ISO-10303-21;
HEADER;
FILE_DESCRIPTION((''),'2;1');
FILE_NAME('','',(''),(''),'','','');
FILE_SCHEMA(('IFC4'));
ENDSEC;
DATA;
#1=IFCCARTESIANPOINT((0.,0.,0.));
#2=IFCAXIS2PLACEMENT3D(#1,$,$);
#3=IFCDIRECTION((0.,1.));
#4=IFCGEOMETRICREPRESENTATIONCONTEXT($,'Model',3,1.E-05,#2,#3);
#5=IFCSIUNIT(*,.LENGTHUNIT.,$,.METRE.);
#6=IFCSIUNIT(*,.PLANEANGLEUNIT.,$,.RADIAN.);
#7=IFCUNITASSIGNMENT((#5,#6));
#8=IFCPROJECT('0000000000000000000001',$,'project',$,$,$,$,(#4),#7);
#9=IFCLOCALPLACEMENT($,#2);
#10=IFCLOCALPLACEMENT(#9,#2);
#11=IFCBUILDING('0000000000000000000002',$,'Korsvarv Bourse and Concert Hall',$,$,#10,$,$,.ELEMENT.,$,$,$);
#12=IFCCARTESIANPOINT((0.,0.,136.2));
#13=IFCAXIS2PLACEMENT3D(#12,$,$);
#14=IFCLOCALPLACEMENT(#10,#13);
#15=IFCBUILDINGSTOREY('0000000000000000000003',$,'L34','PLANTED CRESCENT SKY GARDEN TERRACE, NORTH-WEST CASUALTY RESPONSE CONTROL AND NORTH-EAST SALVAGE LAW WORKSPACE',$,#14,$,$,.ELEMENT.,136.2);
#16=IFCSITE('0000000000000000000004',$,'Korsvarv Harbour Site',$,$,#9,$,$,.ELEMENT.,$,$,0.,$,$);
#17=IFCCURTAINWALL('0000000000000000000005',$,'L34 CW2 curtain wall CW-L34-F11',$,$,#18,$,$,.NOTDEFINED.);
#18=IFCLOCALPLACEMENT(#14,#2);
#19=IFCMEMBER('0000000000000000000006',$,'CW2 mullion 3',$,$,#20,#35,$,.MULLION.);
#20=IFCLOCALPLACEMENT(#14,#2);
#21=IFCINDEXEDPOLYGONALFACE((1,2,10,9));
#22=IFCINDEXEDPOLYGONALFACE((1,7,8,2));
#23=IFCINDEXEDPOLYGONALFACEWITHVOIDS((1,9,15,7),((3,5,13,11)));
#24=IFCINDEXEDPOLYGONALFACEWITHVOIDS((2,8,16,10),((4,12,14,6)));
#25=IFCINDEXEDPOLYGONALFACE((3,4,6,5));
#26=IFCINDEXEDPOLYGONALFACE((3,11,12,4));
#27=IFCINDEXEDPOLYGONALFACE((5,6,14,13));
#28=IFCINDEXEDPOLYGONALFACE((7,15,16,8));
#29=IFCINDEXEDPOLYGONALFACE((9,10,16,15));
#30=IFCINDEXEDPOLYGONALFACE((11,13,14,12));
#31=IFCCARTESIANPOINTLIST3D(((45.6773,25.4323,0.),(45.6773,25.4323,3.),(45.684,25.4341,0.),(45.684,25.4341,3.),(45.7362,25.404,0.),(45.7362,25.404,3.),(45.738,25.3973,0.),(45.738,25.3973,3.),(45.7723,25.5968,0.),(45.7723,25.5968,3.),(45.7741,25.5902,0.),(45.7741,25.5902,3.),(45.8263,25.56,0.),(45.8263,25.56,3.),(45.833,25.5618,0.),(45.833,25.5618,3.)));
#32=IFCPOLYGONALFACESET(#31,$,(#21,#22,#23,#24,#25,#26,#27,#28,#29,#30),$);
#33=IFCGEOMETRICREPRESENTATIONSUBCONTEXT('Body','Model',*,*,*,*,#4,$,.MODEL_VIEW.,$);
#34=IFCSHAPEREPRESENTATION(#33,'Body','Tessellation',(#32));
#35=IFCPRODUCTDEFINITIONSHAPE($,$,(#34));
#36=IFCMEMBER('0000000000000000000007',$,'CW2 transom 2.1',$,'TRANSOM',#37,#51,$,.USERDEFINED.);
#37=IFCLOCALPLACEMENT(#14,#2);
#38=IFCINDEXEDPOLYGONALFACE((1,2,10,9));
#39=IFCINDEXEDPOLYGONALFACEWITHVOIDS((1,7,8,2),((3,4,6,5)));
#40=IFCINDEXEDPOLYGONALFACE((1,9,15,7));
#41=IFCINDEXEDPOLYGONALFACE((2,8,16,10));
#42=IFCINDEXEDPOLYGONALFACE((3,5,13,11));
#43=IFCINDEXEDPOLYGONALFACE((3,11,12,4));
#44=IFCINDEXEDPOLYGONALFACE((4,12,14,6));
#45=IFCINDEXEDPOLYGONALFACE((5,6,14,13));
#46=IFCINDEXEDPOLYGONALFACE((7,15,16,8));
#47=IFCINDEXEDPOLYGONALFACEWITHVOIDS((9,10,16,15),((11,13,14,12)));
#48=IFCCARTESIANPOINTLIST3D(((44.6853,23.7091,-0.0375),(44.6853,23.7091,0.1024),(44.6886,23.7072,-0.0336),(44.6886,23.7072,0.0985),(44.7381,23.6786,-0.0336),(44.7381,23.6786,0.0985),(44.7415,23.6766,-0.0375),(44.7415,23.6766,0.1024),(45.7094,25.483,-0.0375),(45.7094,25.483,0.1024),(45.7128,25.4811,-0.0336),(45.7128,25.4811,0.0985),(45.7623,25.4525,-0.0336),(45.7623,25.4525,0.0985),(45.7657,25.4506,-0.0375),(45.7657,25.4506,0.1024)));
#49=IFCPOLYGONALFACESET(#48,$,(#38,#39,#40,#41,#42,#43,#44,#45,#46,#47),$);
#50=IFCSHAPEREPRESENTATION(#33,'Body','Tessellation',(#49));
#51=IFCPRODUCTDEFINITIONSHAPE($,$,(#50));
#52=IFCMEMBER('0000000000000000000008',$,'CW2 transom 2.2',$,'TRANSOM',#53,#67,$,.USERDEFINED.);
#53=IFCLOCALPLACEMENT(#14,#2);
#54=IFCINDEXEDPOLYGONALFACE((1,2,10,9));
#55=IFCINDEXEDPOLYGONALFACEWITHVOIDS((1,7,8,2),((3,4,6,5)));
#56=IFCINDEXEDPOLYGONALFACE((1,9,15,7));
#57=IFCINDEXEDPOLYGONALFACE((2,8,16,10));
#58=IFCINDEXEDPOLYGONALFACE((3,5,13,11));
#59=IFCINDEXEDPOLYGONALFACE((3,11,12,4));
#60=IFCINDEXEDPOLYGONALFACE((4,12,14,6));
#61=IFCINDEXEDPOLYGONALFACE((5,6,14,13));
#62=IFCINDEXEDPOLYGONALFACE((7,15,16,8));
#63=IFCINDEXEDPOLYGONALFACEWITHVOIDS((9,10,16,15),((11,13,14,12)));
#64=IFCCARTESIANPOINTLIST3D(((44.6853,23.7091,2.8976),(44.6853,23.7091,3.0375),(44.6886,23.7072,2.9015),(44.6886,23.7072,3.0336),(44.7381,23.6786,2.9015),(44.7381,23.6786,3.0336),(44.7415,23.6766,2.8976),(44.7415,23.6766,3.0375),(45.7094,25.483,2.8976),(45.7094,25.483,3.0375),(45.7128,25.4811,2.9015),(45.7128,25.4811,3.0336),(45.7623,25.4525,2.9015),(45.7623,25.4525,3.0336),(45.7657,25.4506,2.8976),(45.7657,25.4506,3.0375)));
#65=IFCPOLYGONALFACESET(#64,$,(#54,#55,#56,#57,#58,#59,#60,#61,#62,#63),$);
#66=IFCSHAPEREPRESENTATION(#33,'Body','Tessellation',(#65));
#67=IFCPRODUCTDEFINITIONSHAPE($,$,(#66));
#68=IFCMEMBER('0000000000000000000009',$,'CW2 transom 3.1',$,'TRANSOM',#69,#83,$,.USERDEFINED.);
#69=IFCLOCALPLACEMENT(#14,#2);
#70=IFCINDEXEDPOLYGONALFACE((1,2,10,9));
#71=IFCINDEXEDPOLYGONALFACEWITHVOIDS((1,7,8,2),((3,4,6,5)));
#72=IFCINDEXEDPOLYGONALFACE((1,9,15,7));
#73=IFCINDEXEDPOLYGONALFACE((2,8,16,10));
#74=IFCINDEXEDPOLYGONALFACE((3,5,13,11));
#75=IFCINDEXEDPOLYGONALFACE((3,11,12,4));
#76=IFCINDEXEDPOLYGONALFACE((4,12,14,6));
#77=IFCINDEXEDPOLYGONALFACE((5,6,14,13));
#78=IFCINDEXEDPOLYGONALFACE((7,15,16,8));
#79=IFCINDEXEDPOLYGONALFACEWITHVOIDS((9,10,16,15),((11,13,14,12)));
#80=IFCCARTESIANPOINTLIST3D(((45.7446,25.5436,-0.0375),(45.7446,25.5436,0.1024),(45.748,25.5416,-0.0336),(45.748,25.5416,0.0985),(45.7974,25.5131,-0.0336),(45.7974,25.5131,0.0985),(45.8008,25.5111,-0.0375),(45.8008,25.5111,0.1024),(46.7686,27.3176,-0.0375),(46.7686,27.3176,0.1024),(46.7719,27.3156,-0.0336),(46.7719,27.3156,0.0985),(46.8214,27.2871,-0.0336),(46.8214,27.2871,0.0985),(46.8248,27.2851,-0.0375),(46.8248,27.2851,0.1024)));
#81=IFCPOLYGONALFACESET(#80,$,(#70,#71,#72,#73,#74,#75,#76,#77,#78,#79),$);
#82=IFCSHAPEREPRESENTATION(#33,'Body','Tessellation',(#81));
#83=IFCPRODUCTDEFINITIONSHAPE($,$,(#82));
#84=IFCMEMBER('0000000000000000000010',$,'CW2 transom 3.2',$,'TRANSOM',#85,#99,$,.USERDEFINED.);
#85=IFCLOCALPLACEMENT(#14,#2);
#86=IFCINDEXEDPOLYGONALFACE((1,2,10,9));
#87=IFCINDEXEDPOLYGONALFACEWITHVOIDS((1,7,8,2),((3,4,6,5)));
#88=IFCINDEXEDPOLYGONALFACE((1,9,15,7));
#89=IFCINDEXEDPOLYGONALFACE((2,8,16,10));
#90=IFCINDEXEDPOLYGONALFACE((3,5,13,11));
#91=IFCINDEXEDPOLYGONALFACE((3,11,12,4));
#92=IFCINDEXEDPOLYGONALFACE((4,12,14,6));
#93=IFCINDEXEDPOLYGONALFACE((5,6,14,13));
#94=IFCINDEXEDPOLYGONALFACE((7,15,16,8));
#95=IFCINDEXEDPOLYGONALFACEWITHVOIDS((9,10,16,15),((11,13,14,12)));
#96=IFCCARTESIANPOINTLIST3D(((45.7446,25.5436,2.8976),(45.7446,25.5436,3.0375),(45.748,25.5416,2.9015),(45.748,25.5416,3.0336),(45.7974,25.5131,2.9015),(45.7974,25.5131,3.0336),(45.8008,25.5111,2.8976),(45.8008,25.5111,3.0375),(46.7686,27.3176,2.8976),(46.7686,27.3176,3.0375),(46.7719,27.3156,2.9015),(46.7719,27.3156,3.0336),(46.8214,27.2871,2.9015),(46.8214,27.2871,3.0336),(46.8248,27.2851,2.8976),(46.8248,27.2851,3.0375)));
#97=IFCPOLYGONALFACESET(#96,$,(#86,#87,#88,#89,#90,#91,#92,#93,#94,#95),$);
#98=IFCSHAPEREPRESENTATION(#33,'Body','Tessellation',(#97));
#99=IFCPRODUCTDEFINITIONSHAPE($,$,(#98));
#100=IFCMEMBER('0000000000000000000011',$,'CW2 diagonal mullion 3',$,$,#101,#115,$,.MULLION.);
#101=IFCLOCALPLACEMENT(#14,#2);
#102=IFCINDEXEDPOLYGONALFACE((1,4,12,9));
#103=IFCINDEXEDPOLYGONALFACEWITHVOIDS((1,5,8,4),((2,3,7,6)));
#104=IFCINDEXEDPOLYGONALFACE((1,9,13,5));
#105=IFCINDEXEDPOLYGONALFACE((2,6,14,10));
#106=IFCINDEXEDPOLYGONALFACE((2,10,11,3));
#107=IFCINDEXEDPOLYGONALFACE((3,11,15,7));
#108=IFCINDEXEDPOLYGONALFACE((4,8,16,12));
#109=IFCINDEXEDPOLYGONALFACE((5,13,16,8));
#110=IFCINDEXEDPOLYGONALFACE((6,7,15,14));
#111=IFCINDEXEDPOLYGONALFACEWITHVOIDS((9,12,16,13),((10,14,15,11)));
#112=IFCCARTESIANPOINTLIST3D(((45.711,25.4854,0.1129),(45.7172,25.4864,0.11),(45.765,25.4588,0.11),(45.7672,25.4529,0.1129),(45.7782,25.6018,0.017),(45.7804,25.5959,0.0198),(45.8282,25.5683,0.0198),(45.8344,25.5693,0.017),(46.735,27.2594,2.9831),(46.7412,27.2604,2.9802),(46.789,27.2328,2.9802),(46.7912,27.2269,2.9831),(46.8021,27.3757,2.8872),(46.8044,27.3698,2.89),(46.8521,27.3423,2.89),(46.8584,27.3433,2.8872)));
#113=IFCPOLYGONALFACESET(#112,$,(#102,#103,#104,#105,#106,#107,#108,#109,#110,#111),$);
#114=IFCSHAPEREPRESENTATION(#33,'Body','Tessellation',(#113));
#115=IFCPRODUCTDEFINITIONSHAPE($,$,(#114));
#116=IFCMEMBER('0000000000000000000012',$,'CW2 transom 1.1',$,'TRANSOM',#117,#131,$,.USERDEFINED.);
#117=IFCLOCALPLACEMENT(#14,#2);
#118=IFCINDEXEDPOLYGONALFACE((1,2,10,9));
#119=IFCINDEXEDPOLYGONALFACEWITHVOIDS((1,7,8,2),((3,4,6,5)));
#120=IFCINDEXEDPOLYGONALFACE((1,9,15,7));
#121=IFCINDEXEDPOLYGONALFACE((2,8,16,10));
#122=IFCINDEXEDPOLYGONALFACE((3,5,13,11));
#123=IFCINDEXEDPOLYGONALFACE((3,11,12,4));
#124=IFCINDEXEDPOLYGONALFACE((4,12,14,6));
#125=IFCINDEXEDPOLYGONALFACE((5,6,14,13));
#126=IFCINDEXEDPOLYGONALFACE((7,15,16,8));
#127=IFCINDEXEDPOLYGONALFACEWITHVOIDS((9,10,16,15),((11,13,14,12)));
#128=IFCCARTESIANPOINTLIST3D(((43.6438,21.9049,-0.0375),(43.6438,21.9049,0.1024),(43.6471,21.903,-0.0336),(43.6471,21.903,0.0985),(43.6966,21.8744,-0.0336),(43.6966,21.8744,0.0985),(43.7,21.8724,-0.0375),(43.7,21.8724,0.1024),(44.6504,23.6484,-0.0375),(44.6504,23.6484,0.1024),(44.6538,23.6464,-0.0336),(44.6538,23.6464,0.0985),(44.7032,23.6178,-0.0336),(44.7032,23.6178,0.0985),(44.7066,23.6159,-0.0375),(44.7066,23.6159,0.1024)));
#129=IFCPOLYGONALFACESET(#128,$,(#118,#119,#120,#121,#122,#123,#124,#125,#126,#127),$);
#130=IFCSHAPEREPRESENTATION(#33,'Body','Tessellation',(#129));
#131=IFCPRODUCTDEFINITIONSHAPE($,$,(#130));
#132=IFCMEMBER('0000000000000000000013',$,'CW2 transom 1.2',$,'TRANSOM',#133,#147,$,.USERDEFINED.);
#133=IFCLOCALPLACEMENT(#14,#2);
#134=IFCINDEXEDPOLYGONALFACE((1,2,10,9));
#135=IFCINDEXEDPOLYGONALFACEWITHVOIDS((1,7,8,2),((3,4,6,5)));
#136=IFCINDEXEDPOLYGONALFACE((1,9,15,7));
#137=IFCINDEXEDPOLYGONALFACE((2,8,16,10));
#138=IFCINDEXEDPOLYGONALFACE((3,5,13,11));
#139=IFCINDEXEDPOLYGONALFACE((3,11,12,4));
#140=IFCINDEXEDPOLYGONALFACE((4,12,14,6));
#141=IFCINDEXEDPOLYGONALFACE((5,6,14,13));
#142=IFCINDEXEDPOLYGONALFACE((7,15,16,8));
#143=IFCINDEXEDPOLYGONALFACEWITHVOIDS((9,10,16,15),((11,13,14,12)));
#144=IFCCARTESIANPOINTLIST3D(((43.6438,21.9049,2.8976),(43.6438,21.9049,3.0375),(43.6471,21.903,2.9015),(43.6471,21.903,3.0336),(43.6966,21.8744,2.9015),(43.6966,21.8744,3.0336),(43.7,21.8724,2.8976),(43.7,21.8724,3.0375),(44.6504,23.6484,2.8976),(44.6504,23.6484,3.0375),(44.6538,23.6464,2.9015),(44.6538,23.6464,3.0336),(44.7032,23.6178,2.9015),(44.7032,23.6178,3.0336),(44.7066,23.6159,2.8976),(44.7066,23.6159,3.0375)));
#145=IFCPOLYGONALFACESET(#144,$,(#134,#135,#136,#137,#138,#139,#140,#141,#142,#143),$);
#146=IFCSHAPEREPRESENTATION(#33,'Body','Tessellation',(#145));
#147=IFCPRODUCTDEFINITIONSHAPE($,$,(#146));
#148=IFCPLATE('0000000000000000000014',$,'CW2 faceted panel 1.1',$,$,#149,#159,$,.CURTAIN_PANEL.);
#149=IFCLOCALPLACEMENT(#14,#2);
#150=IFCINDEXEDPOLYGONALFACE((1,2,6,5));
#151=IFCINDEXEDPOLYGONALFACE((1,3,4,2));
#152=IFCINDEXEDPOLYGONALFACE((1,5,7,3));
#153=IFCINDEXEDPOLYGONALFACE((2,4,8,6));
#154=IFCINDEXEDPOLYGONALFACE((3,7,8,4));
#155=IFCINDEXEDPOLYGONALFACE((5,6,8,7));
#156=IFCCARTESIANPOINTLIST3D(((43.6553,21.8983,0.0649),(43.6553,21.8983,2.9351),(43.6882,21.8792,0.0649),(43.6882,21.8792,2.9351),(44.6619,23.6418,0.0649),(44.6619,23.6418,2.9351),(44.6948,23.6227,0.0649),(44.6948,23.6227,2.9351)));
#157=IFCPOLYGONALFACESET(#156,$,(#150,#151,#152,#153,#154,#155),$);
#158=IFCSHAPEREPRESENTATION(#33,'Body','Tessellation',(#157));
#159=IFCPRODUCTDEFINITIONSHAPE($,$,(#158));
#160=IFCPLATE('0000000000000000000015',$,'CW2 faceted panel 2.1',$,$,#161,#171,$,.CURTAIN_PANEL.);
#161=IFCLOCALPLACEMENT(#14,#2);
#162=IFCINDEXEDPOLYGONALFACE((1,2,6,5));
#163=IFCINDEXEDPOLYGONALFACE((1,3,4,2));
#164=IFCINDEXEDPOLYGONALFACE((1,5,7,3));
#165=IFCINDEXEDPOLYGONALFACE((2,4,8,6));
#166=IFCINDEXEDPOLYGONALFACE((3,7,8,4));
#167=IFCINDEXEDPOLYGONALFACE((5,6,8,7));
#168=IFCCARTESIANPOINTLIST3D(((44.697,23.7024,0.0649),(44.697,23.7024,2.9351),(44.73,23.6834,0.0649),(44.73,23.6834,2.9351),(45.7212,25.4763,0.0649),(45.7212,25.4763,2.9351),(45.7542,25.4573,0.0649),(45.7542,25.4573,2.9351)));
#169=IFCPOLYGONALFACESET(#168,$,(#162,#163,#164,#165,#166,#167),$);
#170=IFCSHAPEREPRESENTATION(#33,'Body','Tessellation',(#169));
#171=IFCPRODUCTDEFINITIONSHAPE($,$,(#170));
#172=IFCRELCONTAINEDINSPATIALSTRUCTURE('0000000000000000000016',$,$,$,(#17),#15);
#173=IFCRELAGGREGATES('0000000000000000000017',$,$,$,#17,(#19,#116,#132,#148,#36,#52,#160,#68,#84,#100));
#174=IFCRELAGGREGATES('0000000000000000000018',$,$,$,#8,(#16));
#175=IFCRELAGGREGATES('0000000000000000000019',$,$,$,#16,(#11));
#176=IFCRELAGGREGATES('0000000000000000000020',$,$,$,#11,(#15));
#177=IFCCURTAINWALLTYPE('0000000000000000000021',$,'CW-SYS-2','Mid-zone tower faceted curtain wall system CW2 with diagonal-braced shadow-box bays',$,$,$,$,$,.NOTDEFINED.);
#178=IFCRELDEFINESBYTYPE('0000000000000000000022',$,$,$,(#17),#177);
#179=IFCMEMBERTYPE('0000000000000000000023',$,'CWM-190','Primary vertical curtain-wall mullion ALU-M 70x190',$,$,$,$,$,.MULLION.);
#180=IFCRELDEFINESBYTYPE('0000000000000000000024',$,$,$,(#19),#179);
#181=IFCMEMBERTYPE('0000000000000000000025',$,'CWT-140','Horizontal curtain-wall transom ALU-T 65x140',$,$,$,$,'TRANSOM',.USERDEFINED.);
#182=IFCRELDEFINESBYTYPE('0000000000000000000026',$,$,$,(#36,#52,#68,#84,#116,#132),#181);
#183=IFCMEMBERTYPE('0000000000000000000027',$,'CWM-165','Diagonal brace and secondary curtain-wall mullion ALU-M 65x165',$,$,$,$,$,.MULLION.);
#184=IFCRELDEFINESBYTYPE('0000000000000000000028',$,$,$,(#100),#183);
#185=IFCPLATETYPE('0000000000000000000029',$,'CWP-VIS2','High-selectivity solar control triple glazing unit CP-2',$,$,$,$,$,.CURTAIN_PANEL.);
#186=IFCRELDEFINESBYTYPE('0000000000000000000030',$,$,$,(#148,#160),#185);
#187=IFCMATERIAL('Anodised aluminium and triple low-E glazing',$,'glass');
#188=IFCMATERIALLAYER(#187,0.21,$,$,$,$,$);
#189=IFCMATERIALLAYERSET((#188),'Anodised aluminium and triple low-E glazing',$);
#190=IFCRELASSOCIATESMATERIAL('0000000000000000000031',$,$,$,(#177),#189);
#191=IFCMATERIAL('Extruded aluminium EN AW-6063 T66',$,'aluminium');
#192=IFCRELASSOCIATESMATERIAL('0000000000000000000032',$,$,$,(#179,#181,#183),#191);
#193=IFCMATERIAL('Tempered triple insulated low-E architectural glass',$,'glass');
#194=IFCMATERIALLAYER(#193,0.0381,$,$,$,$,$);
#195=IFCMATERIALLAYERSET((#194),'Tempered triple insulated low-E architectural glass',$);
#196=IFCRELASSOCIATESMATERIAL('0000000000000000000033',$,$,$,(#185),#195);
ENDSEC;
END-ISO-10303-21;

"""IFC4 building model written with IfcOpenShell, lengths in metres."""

from ifc_helpers import new_model, si_unit, direction, frame, origin, origin_2d, place, context, subcontext, project, spatial, rectangle, hollow_rectangle, extrude, source, transform, mapped, material, layer, layer_set, material_profile, profile_set, type_object, element, aggregate, save


model = new_model("IFC4")

# Units and contexts
model_context = context("Model", 3, precision=1e-05, world=origin(), true_north=direction((0.0, 1.0)))
body_context = subcontext(model_context, "Body", "Model", "MODEL_VIEW")
ifc_project = project(units=[si_unit("LENGTHUNIT", "METRE"), si_unit("PLANEANGLEUNIT", "RADIAN")], contexts=[model_context])

# Site, building, storey
site_placement = place(None, origin())
site = spatial("IfcSite", under=ifc_project, at=site_placement, Name="Korsvarv Harbour Site", CompositionType="ELEMENT", RefElevation=0.0)
building_placement = place(site_placement, origin())
building = spatial("IfcBuilding", under=site, at=building_placement, Name="Korsvarv Bourse and Concert Hall", CompositionType="ELEMENT")
storey_placement = place(building_placement, frame((0.0, 0.0, 136.2)))
storey = spatial("IfcBuildingStorey", under=building, at=storey_placement, Name="L34", Description="PLANTED CRESCENT SKY GARDEN TERRACE, NORTH-WEST CASUALTY RESPONSE CONTROL AND NORTH-EAST SALVAGE LAW WORKSPACE", CompositionType="ELEMENT", Elevation=136.2)

# Curtain wall, members, plates
ifc_material_1 = material(Name="Anodised aluminium and triple low-E glazing", Category="glass")
ifc_layer_1 = layer(ifc_material_1, 0.21)
ifc_layer_set_1 = layer_set([ifc_layer_1], Name="Anodised aluminium and triple low-E glazing")
curtain_wall_type = type_object("IfcCurtainWallType", Name="CW-SYS-2", Description="Mid-zone tower faceted curtain wall system CW2 with diagonal-braced shadow-box bays", PredefinedType="NOTDEFINED", material=ifc_layer_set_1)
curtain_wall_placement = place(storey_placement, origin())
curtain_wall = element("IfcCurtainWall", 1, at=curtain_wall_placement, inside=storey, type_object=curtain_wall_type, Name="L34 CW2 curtain wall CW-L34-F11", PredefinedType="NOTDEFINED")
ifc_material_2 = material(Name="Extruded aluminium EN AW-6063 T66", Category="aluminium")
ifc_material_profile_1 = material_profile(ifc_material_2, hollow_rectangle(XDim=0.0701, YDim=0.1899, WallThickness=0.0049, at=origin_2d()), Name="ALU-M 70x190")
ifc_profile_set_1 = profile_set([ifc_material_profile_1], Name="Extruded aluminium EN AW-6063 T66")
member_type_1 = type_object("IfcMemberType", Name="CWM-190", Description="Primary vertical curtain-wall mullion ALU-M 70x190", PredefinedType="MULLION", material=ifc_profile_set_1)
shared_shape_1 = source(origin(), body_context, "Body", "SweptSolid", [
    extrude(hollow_rectangle(XDim=0.0701, YDim=0.1899, WallThickness=0.0049, at=origin_2d()), origin(), (0.0, 0.0, 1.0), 3.0),
])
member_1_placement = place(storey_placement, frame((45.7551, 25.4971, 0.0), z_axis=(0.0, 0.0, 1.0), x_axis=(-0.866025, 0.5, 0.0)))
member_1 = element("IfcMember", 2, at=member_1_placement, type_object=member_type_1, Name="CW2 mullion 3", PredefinedType="MULLION", context=body_context, shape_type="MappedRepresentation", body=[
    mapped(shared_shape_1, transform((0.0, 0.0, 0.0), scale=1.0)),
])
ifc_material_profile_2 = material_profile(ifc_material_2, hollow_rectangle(XDim=0.0649, YDim=0.1399, WallThickness=0.0039, at=origin_2d()), Name="ALU-T 65x140")
ifc_profile_set_2 = profile_set([ifc_material_profile_2], Name="Extruded aluminium EN AW-6063 T66")
member_type_2 = type_object("IfcMemberType", Name="CWT-140", Description="Horizontal curtain-wall transom ALU-T 65x140", ElementType="TRANSOM", PredefinedType="USERDEFINED", material=ifc_profile_set_2)
shared_shape_2 = source(origin(), body_context, "Body", "SweptSolid", [
    extrude(hollow_rectangle(XDim=0.0649, YDim=0.1399, WallThickness=0.0039, at=origin_2d()), origin(), (0.0, 0.0, 1.0), 2.0483),
])
member_2_placement = place(storey_placement, frame((44.7134, 23.6929, 0.0325), z_axis=(0.499998, 0.866027, 0.0), x_axis=(-0.866027, 0.499998, 0.0)))
member_2 = element("IfcMember", 3, at=member_2_placement, type_object=member_type_2, Name="CW2 transom 2.1", ObjectType="TRANSOM", PredefinedType="USERDEFINED", context=body_context, shape_type="MappedRepresentation", body=[
    mapped(shared_shape_2, transform((0.0, 0.0, 0.0), scale=1.0)),
])
member_3_placement = place(storey_placement, frame((44.7134, 23.6929, 2.9675), z_axis=(0.499998, 0.866027, 0.0), x_axis=(-0.866027, 0.499998, 0.0)))
member_3 = element("IfcMember", 4, at=member_3_placement, type_object=member_type_2, Name="CW2 transom 2.2", ObjectType="TRANSOM", PredefinedType="USERDEFINED", context=body_context, shape_type="MappedRepresentation", body=[
    mapped(shared_shape_2, transform((0.0, 0.0, 0.0), scale=1.0)),
])
member_4_placement = place(storey_placement, frame((45.7727, 25.5273, 0.0325), z_axis=(0.499908, 0.866078, 0.0), x_axis=(-0.866078, 0.499908, 0.0)))
member_4 = element("IfcMember", 5, at=member_4_placement, type_object=member_type_2, Name="CW2 transom 3.1", ObjectType="TRANSOM", PredefinedType="USERDEFINED", context=body_context, shape_type="MappedRepresentation", body=[
    mapped(shared_shape_2, transform((0.0, 0.0, 0.0), scale=1.0)),
])
member_5_placement = place(storey_placement, frame((45.7727, 25.5273, 2.9675), z_axis=(0.499908, 0.866078, 0.0), x_axis=(-0.866078, 0.499908, 0.0)))
member_5 = element("IfcMember", 6, at=member_5_placement, type_object=member_type_2, Name="CW2 transom 3.2", ObjectType="TRANSOM", PredefinedType="USERDEFINED", context=body_context, shape_type="MappedRepresentation", body=[
    mapped(shared_shape_2, transform((0.0, 0.0, 0.0), scale=1.0)),
])
ifc_material_profile_3 = material_profile(ifc_material_2, hollow_rectangle(XDim=0.0649, YDim=0.165, WallThickness=0.0049, at=origin_2d()), Name="ALU-M 65x165")
ifc_profile_set_3 = profile_set([ifc_material_profile_3], Name="Extruded aluminium EN AW-6063 T66")
member_type_3 = type_object("IfcMemberType", Name="CWM-165", Description="Diagonal brace and secondary curtain-wall mullion ALU-M 65x165", PredefinedType="MULLION", material=ifc_profile_set_3)
shared_shape_3 = source(origin(), body_context, "Body", "SweptSolid", [
    extrude(hollow_rectangle(XDim=0.0649, YDim=0.165, WallThickness=0.0049, at=origin_2d()), origin(), (0.0, 0.0, 1.0), 3.5261),
])
member_6_placement = place(storey_placement, frame((45.7727, 25.5273, 0.0649), z_axis=(0.290391, 0.503096, 0.813982), x_axis=(-0.866078, 0.499908, 0.0)))
member_6 = element("IfcMember", 7, at=member_6_placement, type_object=member_type_3, Name="CW2 diagonal mullion 3", PredefinedType="MULLION", context=body_context, shape_type="MappedRepresentation", body=[
    mapped(shared_shape_3, transform((0.0, 0.0, 0.0), scale=1.0)),
])
shared_shape_4 = source(origin(), body_context, "Body", "SweptSolid", [
    extrude(hollow_rectangle(XDim=0.0649, YDim=0.1399, WallThickness=0.0039, at=origin_2d()), origin(), (0.0, 0.0, 1.0), 2.0132),
])
member_7_placement = place(storey_placement, frame((43.6719, 21.8887, 0.0325), z_axis=(0.500013, 0.866018, 0.0), x_axis=(-0.866018, 0.500013, 0.0)))
member_7 = element("IfcMember", 8, at=member_7_placement, type_object=member_type_2, Name="CW2 transom 1.1", ObjectType="TRANSOM", PredefinedType="USERDEFINED", context=body_context, shape_type="MappedRepresentation", body=[
    mapped(shared_shape_4, transform((0.0, 0.0, 0.0), scale=1.0)),
])
member_8_placement = place(storey_placement, frame((43.6719, 21.8887, 2.9675), z_axis=(0.500013, 0.866018, 0.0), x_axis=(-0.866018, 0.500013, 0.0)))
member_8 = element("IfcMember", 9, at=member_8_placement, type_object=member_type_2, Name="CW2 transom 1.2", ObjectType="TRANSOM", PredefinedType="USERDEFINED", context=body_context, shape_type="MappedRepresentation", body=[
    mapped(shared_shape_4, transform((0.0, 0.0, 0.0), scale=1.0)),
])
ifc_material_3 = material(Name="Tempered triple insulated low-E architectural glass", Category="glass")
ifc_layer_2 = layer(ifc_material_3, 0.0381)
ifc_layer_set_2 = layer_set([ifc_layer_2], Name="Tempered triple insulated low-E architectural glass")
plate_type = type_object("IfcPlateType", Name="CWP-VIS2", Description="High-selectivity solar control triple glazing unit CP-2", PredefinedType="CURTAIN_PANEL", material=ifc_layer_set_2)
shared_shape_5 = source(origin(), body_context, "Body", "SweptSolid", [
    extrude(rectangle(XDim=2.0132, YDim=0.0381, at=origin_2d()), origin(), (0.0, 0.0, 1.0), 2.8701),
])
plate_1_placement = place(storey_placement, frame((44.175, 22.7605, 0.0649), z_axis=(0.0, 0.0, 1.0), x_axis=(0.5, 0.866025, 0.0)))
plate_1 = element("IfcPlate", 10, at=plate_1_placement, type_object=plate_type, Name="CW2 faceted panel 1.1", PredefinedType="CURTAIN_PANEL", context=body_context, shape_type="MappedRepresentation", body=[
    mapped(shared_shape_5, transform((0.0, 0.0, 0.0), scale=1.0)),
])
shared_shape_6 = source(origin(), body_context, "Body", "SweptSolid", [
    extrude(rectangle(XDim=2.0483, YDim=0.0381, at=origin_2d()), origin(), (0.0, 0.0, 1.0), 2.8701),
])
plate_2_placement = place(storey_placement, frame((45.2256, 24.5798, 0.0649), z_axis=(0.0, 0.0, 1.0), x_axis=(0.5, 0.866025, 0.0)))
plate_2 = element("IfcPlate", 11, at=plate_2_placement, type_object=plate_type, Name="CW2 faceted panel 2.1", PredefinedType="CURTAIN_PANEL", context=body_context, shape_type="MappedRepresentation", body=[
    mapped(shared_shape_6, transform((0.0, 0.0, 0.0), scale=1.0)),
])
aggregate(curtain_wall, [member_1, member_7, member_8, plate_1, member_2, member_3, plate_2, member_4, member_5, member_6])

save(model, "model.ifc")
